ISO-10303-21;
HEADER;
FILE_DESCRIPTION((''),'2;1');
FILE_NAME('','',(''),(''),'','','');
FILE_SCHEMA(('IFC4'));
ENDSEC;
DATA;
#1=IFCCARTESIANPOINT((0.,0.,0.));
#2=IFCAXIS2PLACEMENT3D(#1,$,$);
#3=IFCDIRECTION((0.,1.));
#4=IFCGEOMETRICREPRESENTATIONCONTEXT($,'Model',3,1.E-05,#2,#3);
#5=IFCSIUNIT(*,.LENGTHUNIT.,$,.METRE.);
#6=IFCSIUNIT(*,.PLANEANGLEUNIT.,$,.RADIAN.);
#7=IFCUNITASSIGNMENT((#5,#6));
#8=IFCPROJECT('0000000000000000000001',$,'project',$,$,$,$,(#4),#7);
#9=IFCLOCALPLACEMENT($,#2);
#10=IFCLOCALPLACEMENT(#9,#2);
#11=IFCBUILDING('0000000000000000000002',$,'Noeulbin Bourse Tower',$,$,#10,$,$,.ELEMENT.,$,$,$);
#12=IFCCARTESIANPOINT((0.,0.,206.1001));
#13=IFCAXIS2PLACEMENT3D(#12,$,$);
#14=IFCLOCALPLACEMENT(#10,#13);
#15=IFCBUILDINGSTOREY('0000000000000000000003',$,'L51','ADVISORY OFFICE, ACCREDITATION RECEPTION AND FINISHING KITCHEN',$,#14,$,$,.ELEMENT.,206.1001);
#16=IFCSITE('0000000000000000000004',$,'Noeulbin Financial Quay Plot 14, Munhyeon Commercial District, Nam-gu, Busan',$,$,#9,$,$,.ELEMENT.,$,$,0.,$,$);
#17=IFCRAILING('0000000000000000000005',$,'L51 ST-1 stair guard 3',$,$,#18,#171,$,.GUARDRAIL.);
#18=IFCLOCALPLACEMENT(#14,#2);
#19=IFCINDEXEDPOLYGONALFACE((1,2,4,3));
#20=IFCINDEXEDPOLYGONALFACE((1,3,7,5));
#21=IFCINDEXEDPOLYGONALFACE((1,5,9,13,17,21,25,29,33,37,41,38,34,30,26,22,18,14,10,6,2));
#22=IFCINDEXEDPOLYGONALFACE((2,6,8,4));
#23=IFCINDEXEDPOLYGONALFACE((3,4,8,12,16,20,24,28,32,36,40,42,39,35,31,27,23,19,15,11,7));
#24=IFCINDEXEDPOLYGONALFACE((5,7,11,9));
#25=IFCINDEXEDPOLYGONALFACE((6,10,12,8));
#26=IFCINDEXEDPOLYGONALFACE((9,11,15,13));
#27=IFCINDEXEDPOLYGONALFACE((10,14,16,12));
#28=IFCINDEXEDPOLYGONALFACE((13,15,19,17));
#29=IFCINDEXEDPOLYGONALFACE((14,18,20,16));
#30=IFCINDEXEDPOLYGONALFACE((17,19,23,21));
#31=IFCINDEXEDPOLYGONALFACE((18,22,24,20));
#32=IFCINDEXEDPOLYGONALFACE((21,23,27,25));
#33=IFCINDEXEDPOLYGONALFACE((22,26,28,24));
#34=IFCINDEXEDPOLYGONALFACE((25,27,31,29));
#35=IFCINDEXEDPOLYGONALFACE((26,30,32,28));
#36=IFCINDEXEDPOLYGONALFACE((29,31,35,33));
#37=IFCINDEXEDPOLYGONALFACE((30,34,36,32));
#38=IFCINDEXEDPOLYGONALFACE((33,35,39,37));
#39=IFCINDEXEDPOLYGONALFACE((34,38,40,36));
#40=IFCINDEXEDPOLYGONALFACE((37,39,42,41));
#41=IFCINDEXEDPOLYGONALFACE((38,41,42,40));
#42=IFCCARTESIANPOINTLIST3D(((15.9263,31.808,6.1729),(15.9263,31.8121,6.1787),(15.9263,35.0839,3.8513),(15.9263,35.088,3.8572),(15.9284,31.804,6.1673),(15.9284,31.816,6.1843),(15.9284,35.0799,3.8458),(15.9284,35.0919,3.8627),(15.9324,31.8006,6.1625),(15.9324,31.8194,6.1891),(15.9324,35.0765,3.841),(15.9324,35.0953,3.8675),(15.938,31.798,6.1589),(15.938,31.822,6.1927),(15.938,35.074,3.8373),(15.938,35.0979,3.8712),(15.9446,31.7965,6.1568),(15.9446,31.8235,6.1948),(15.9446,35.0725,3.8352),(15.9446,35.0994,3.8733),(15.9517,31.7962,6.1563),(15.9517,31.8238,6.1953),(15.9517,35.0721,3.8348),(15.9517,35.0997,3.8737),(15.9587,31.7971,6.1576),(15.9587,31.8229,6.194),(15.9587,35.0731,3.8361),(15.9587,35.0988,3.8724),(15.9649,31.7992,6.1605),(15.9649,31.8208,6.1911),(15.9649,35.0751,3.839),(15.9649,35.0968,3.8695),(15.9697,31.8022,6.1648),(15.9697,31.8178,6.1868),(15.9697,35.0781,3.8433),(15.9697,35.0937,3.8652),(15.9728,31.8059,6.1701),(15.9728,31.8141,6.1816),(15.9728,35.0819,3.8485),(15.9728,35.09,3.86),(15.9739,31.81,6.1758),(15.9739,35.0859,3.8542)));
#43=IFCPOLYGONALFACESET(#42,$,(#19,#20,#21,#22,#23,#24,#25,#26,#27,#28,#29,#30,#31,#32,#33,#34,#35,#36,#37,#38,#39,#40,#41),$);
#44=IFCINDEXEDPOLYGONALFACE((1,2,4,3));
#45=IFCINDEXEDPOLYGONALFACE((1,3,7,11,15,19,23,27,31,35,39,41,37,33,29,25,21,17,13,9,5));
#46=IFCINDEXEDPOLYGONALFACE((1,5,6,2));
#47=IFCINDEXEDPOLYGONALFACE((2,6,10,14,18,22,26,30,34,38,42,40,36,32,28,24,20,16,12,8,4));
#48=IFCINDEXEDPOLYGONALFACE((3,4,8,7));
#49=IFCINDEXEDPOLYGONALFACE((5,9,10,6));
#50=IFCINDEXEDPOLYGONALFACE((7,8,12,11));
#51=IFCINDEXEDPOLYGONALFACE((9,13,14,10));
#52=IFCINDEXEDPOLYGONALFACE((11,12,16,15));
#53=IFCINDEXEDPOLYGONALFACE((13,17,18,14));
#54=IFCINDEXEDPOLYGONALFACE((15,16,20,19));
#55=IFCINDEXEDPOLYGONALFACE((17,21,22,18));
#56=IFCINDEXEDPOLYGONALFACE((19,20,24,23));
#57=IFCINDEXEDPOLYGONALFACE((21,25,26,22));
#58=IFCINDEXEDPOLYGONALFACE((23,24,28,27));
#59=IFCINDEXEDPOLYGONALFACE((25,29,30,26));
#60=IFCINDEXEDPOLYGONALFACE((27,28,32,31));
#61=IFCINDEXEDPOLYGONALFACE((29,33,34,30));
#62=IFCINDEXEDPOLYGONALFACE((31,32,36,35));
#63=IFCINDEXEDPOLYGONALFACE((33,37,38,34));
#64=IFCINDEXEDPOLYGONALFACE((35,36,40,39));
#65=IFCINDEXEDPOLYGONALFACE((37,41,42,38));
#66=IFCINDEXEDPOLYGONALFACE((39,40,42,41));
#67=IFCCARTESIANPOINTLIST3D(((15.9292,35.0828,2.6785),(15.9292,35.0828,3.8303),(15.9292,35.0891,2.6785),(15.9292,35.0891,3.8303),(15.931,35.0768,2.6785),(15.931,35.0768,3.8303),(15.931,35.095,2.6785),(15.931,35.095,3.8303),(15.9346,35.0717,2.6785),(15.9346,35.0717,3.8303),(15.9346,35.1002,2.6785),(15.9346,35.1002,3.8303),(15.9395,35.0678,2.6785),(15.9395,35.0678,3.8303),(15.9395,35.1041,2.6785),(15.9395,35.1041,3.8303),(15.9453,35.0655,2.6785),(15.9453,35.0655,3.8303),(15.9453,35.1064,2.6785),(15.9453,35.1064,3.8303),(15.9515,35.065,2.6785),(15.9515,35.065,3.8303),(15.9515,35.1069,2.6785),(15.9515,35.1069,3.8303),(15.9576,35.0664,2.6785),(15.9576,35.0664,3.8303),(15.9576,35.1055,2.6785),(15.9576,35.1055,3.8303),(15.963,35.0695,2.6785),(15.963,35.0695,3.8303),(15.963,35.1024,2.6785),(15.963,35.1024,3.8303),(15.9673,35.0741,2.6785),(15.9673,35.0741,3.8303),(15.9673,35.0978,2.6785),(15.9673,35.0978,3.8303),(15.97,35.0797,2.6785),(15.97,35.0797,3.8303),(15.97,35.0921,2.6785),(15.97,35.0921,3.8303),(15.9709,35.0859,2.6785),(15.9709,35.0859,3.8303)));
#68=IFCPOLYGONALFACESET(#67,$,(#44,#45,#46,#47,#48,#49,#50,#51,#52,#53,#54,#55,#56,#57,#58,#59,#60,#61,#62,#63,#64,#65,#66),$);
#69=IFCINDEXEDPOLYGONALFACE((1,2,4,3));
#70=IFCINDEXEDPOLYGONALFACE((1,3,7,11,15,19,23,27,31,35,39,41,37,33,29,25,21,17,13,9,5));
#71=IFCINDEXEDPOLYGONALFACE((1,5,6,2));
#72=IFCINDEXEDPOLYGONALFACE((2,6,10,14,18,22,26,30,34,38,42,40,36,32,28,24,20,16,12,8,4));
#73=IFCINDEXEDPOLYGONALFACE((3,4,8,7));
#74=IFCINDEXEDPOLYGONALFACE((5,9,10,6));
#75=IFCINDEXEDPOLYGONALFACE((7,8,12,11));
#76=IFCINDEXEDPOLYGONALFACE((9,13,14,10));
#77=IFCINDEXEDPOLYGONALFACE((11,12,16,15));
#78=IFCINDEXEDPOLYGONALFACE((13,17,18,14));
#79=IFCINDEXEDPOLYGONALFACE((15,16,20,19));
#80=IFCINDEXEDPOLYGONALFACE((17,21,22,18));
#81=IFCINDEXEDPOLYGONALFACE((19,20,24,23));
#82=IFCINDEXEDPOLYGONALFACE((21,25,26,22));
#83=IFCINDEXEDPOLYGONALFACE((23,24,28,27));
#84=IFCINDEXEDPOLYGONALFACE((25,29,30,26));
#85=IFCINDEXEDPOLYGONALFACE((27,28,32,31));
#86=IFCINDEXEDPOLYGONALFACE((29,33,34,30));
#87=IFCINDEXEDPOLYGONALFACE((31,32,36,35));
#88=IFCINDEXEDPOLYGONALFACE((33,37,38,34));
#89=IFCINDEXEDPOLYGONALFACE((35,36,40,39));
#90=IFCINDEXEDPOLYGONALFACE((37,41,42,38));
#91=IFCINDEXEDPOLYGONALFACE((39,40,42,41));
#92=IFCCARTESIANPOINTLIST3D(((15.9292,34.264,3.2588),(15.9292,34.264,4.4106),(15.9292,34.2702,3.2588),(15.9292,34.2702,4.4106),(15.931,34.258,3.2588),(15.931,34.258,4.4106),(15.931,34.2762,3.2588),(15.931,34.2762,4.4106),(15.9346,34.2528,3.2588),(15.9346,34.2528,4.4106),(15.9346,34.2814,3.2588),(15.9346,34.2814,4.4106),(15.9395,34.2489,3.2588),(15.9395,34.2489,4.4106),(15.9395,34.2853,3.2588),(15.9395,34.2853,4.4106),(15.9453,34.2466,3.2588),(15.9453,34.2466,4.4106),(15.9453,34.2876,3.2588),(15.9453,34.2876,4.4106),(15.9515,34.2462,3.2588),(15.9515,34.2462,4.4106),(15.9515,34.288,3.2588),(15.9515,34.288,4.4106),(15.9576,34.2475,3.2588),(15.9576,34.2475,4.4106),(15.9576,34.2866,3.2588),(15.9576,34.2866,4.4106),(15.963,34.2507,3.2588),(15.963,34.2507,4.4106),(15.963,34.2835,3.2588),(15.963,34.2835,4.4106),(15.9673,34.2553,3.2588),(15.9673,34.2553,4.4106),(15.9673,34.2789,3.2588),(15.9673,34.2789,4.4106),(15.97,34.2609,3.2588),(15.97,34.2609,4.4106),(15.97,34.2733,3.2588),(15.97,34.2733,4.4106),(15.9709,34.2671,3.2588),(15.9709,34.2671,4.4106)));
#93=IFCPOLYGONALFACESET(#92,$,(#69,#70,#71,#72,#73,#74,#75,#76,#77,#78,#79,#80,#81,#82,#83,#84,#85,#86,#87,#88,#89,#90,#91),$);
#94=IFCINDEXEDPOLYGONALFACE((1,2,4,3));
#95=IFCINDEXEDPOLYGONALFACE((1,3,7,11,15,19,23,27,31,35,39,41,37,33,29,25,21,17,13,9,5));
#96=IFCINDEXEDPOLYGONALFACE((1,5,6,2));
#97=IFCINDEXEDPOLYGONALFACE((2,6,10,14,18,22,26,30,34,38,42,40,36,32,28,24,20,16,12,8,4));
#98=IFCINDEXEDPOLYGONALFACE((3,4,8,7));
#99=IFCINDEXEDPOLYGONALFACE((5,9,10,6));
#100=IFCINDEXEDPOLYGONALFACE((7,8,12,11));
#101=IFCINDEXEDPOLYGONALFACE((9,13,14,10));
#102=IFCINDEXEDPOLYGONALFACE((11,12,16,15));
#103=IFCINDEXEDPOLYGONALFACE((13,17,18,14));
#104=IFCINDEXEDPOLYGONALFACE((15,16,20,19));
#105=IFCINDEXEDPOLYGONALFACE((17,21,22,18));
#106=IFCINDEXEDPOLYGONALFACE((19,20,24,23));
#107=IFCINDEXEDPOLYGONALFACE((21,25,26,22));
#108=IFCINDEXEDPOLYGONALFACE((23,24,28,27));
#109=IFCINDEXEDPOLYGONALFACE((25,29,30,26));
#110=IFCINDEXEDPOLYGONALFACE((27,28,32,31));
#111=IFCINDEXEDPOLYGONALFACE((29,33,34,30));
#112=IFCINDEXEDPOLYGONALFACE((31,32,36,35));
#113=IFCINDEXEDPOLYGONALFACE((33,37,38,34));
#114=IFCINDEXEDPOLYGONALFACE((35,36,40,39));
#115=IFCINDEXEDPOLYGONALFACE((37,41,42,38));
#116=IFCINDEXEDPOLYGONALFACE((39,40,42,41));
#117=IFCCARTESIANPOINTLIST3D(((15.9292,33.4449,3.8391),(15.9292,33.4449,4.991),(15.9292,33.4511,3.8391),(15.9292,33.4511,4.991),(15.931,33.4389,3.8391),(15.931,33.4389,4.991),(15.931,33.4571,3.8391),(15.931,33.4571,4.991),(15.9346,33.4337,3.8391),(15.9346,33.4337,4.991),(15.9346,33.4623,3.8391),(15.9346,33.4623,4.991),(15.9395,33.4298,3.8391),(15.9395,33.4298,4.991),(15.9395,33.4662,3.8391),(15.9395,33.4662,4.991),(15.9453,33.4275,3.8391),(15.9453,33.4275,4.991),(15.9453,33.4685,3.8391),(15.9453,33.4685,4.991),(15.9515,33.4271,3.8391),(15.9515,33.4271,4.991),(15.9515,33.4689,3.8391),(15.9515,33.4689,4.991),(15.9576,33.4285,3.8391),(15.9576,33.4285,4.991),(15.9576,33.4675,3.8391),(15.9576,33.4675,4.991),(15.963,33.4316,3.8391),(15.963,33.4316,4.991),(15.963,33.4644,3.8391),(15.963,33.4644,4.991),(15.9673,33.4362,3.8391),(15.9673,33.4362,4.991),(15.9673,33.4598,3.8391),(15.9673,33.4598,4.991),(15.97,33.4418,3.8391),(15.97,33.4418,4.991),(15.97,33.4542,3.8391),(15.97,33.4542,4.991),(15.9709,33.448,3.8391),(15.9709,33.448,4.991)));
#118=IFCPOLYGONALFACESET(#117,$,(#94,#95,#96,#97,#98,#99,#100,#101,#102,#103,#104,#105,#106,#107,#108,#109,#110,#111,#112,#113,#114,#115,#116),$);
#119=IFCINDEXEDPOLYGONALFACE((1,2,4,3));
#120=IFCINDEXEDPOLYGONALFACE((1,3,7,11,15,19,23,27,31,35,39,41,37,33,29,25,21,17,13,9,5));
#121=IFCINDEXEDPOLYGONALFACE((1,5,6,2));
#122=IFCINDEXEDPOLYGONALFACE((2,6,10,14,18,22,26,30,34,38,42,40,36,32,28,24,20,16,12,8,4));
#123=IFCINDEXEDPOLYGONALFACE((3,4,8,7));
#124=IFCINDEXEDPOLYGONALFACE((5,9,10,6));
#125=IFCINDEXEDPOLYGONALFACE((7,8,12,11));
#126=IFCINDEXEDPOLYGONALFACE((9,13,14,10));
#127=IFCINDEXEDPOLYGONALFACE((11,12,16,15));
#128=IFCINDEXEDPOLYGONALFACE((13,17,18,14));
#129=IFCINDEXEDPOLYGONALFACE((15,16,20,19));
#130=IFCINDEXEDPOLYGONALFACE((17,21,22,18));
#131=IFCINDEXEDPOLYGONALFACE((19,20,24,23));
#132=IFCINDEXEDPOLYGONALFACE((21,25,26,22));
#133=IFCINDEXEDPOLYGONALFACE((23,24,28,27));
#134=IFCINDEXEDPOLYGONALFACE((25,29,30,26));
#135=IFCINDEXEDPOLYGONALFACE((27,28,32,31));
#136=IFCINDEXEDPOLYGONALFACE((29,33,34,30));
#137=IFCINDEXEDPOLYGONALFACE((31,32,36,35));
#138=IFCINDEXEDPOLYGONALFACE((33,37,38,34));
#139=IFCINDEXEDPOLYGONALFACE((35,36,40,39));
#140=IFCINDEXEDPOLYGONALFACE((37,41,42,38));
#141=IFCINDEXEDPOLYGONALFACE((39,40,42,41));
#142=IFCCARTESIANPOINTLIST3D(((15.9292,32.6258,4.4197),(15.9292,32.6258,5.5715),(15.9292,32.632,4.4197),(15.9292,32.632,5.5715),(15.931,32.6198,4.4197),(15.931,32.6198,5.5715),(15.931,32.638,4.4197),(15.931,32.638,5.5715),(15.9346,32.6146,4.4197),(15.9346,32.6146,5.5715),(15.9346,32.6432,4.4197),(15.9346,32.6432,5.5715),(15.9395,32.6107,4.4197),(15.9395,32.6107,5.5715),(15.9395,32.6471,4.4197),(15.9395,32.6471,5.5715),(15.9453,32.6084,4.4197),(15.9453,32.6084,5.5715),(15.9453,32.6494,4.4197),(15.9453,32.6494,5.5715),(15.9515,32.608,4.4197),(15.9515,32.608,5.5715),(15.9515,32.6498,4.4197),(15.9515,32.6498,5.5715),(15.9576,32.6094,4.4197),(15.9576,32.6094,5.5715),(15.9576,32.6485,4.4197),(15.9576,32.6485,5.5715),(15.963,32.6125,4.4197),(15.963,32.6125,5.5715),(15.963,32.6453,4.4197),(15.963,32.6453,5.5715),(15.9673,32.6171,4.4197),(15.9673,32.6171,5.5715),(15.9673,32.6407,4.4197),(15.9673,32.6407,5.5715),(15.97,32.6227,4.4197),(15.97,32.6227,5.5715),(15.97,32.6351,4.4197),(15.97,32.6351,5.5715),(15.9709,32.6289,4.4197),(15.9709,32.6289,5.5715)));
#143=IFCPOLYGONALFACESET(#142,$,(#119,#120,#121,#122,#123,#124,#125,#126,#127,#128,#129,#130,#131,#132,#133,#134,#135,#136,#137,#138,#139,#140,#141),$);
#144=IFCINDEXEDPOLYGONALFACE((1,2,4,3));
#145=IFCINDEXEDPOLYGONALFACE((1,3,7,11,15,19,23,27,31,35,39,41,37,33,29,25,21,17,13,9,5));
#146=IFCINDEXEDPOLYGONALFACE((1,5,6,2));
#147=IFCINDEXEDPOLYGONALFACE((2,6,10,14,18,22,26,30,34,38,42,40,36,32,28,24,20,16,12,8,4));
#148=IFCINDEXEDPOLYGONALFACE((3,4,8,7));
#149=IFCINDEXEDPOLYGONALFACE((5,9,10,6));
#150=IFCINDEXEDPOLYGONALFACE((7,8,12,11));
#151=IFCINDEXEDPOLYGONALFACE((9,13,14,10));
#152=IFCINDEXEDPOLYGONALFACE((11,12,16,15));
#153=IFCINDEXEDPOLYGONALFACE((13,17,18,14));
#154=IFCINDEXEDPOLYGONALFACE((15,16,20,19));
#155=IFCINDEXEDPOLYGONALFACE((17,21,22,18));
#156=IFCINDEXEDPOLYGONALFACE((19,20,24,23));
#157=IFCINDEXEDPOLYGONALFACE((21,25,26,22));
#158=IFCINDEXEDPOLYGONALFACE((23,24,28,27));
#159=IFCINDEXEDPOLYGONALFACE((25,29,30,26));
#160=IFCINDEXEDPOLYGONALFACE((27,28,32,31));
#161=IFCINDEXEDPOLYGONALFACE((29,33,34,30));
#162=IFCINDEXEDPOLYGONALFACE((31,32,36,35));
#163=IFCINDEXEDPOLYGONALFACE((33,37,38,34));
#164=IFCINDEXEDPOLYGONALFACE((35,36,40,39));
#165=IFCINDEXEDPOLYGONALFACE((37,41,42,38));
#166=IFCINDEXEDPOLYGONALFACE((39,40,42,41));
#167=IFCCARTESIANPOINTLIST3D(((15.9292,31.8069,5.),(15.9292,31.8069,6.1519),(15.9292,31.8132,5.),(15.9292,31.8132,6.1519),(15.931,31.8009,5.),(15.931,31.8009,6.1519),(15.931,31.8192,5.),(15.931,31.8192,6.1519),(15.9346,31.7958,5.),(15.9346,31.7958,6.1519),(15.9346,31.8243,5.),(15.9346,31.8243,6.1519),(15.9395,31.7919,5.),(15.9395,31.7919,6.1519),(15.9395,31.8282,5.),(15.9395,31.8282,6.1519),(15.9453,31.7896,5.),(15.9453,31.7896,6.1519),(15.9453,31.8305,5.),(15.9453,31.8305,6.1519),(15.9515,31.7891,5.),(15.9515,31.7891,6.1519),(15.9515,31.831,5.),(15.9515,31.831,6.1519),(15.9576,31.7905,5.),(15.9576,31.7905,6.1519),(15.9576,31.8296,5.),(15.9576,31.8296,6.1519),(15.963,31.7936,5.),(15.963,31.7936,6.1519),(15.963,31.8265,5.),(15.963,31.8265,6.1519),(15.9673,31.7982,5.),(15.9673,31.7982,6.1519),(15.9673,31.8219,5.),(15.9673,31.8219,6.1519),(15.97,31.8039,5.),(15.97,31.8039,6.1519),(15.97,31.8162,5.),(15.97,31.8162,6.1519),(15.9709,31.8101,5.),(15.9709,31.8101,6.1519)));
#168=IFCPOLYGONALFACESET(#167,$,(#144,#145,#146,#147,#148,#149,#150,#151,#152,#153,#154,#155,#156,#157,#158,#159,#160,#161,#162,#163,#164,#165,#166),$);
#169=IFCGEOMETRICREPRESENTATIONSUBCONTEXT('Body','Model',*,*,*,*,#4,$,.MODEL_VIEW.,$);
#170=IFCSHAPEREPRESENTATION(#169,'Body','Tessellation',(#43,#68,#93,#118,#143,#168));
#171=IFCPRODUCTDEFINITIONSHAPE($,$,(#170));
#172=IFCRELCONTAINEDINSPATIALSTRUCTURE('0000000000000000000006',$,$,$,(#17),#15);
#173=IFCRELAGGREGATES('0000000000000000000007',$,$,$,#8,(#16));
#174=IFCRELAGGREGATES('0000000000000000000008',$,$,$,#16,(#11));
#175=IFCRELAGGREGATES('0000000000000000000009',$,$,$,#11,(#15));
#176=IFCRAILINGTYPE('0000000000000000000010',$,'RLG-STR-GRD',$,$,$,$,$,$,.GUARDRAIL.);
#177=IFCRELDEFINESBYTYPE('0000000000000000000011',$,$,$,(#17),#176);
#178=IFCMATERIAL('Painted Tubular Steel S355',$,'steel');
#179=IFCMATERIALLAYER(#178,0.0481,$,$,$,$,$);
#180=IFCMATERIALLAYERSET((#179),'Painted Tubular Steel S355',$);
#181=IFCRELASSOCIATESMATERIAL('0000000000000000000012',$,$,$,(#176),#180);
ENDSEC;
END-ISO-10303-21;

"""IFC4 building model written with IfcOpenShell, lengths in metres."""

from ifc_helpers import new_model, si_unit, direction, frame, origin, origin_2d, place, context, subcontext, project, spatial, circle, extrude, material, layer, layer_set, type_object, element, save


model = new_model("IFC4")

# Units and contexts
model_context = context("Model", 3, precision=1e-05, world=origin(), true_north=direction((0.0, 1.0)))
body_context = subcontext(model_context, "Body", "Model", "MODEL_VIEW")
ifc_project = project(units=[si_unit("LENGTHUNIT", "METRE"), si_unit("PLANEANGLEUNIT", "RADIAN")], contexts=[model_context])

# Site, building, storey
site_placement = place(None, origin())
site = spatial("IfcSite", under=ifc_project, at=site_placement, Name="Noeulbin Financial Quay Plot 14, Munhyeon Commercial District, Nam-gu, Busan", CompositionType="ELEMENT", RefElevation=0.0)
building_placement = place(site_placement, origin())
building = spatial("IfcBuilding", under=site, at=building_placement, Name="Noeulbin Bourse Tower", CompositionType="ELEMENT")
storey_placement = place(building_placement, frame((0.0, 0.0, 206.1001)))
storey = spatial("IfcBuildingStorey", under=building, at=storey_placement, Name="L51", Description="ADVISORY OFFICE, ACCREDITATION RECEPTION AND FINISHING KITCHEN", CompositionType="ELEMENT", Elevation=206.1001)

# Railing
ifc_material_1 = material(Name="Painted Tubular Steel S355", Category="steel")
ifc_layer_1 = layer(ifc_material_1, 0.0481)
ifc_layer_set_1 = layer_set([ifc_layer_1], Name="Painted Tubular Steel S355")
railing_type_1 = type_object("IfcRailingType", Name="RLG-STR-GRD", PredefinedType="GUARDRAIL", material=ifc_layer_set_1)
railing_1_placement = place(storey_placement, frame((15.95, 35.0859, 2.6785)))
element("IfcRailing", 1, at=railing_1_placement, inside=storey, type_object=railing_type_1, Name="L51 ST-1 stair guard 3", PredefinedType="GUARDRAIL", context=body_context, shape_type="SweptSolid", body=[
    extrude(circle(Radius=0.0239, at=origin_2d()), frame((0.0, 0.0, 1.1758), z_axis=(0.0, -0.815893, 0.578203), x_axis=(1.0, 0.0, 0.0)), (0.0, 0.0, 1.0), 4.0151),
    extrude(circle(Radius=0.021, at=origin_2d()), origin(), (0.0, 0.0, 1.0), 1.1519),
    extrude(circle(Radius=0.021, at=origin_2d()), frame((0.0, -0.8188, 0.5803)), (0.0, 0.0, 1.0), 1.1519),
    extrude(circle(Radius=0.021, at=origin_2d()), frame((0.0, -1.6379, 1.1606)), (0.0, 0.0, 1.0), 1.1519),
    extrude(circle(Radius=0.021, at=origin_2d()), frame((0.0, -2.457, 1.7412)), (0.0, 0.0, 1.0), 1.1519),
    extrude(circle(Radius=0.021, at=origin_2d()), frame((0.0, -3.2759, 2.3215)), (0.0, 0.0, 1.0), 1.1519),
])

save(model, "model.ifc")
